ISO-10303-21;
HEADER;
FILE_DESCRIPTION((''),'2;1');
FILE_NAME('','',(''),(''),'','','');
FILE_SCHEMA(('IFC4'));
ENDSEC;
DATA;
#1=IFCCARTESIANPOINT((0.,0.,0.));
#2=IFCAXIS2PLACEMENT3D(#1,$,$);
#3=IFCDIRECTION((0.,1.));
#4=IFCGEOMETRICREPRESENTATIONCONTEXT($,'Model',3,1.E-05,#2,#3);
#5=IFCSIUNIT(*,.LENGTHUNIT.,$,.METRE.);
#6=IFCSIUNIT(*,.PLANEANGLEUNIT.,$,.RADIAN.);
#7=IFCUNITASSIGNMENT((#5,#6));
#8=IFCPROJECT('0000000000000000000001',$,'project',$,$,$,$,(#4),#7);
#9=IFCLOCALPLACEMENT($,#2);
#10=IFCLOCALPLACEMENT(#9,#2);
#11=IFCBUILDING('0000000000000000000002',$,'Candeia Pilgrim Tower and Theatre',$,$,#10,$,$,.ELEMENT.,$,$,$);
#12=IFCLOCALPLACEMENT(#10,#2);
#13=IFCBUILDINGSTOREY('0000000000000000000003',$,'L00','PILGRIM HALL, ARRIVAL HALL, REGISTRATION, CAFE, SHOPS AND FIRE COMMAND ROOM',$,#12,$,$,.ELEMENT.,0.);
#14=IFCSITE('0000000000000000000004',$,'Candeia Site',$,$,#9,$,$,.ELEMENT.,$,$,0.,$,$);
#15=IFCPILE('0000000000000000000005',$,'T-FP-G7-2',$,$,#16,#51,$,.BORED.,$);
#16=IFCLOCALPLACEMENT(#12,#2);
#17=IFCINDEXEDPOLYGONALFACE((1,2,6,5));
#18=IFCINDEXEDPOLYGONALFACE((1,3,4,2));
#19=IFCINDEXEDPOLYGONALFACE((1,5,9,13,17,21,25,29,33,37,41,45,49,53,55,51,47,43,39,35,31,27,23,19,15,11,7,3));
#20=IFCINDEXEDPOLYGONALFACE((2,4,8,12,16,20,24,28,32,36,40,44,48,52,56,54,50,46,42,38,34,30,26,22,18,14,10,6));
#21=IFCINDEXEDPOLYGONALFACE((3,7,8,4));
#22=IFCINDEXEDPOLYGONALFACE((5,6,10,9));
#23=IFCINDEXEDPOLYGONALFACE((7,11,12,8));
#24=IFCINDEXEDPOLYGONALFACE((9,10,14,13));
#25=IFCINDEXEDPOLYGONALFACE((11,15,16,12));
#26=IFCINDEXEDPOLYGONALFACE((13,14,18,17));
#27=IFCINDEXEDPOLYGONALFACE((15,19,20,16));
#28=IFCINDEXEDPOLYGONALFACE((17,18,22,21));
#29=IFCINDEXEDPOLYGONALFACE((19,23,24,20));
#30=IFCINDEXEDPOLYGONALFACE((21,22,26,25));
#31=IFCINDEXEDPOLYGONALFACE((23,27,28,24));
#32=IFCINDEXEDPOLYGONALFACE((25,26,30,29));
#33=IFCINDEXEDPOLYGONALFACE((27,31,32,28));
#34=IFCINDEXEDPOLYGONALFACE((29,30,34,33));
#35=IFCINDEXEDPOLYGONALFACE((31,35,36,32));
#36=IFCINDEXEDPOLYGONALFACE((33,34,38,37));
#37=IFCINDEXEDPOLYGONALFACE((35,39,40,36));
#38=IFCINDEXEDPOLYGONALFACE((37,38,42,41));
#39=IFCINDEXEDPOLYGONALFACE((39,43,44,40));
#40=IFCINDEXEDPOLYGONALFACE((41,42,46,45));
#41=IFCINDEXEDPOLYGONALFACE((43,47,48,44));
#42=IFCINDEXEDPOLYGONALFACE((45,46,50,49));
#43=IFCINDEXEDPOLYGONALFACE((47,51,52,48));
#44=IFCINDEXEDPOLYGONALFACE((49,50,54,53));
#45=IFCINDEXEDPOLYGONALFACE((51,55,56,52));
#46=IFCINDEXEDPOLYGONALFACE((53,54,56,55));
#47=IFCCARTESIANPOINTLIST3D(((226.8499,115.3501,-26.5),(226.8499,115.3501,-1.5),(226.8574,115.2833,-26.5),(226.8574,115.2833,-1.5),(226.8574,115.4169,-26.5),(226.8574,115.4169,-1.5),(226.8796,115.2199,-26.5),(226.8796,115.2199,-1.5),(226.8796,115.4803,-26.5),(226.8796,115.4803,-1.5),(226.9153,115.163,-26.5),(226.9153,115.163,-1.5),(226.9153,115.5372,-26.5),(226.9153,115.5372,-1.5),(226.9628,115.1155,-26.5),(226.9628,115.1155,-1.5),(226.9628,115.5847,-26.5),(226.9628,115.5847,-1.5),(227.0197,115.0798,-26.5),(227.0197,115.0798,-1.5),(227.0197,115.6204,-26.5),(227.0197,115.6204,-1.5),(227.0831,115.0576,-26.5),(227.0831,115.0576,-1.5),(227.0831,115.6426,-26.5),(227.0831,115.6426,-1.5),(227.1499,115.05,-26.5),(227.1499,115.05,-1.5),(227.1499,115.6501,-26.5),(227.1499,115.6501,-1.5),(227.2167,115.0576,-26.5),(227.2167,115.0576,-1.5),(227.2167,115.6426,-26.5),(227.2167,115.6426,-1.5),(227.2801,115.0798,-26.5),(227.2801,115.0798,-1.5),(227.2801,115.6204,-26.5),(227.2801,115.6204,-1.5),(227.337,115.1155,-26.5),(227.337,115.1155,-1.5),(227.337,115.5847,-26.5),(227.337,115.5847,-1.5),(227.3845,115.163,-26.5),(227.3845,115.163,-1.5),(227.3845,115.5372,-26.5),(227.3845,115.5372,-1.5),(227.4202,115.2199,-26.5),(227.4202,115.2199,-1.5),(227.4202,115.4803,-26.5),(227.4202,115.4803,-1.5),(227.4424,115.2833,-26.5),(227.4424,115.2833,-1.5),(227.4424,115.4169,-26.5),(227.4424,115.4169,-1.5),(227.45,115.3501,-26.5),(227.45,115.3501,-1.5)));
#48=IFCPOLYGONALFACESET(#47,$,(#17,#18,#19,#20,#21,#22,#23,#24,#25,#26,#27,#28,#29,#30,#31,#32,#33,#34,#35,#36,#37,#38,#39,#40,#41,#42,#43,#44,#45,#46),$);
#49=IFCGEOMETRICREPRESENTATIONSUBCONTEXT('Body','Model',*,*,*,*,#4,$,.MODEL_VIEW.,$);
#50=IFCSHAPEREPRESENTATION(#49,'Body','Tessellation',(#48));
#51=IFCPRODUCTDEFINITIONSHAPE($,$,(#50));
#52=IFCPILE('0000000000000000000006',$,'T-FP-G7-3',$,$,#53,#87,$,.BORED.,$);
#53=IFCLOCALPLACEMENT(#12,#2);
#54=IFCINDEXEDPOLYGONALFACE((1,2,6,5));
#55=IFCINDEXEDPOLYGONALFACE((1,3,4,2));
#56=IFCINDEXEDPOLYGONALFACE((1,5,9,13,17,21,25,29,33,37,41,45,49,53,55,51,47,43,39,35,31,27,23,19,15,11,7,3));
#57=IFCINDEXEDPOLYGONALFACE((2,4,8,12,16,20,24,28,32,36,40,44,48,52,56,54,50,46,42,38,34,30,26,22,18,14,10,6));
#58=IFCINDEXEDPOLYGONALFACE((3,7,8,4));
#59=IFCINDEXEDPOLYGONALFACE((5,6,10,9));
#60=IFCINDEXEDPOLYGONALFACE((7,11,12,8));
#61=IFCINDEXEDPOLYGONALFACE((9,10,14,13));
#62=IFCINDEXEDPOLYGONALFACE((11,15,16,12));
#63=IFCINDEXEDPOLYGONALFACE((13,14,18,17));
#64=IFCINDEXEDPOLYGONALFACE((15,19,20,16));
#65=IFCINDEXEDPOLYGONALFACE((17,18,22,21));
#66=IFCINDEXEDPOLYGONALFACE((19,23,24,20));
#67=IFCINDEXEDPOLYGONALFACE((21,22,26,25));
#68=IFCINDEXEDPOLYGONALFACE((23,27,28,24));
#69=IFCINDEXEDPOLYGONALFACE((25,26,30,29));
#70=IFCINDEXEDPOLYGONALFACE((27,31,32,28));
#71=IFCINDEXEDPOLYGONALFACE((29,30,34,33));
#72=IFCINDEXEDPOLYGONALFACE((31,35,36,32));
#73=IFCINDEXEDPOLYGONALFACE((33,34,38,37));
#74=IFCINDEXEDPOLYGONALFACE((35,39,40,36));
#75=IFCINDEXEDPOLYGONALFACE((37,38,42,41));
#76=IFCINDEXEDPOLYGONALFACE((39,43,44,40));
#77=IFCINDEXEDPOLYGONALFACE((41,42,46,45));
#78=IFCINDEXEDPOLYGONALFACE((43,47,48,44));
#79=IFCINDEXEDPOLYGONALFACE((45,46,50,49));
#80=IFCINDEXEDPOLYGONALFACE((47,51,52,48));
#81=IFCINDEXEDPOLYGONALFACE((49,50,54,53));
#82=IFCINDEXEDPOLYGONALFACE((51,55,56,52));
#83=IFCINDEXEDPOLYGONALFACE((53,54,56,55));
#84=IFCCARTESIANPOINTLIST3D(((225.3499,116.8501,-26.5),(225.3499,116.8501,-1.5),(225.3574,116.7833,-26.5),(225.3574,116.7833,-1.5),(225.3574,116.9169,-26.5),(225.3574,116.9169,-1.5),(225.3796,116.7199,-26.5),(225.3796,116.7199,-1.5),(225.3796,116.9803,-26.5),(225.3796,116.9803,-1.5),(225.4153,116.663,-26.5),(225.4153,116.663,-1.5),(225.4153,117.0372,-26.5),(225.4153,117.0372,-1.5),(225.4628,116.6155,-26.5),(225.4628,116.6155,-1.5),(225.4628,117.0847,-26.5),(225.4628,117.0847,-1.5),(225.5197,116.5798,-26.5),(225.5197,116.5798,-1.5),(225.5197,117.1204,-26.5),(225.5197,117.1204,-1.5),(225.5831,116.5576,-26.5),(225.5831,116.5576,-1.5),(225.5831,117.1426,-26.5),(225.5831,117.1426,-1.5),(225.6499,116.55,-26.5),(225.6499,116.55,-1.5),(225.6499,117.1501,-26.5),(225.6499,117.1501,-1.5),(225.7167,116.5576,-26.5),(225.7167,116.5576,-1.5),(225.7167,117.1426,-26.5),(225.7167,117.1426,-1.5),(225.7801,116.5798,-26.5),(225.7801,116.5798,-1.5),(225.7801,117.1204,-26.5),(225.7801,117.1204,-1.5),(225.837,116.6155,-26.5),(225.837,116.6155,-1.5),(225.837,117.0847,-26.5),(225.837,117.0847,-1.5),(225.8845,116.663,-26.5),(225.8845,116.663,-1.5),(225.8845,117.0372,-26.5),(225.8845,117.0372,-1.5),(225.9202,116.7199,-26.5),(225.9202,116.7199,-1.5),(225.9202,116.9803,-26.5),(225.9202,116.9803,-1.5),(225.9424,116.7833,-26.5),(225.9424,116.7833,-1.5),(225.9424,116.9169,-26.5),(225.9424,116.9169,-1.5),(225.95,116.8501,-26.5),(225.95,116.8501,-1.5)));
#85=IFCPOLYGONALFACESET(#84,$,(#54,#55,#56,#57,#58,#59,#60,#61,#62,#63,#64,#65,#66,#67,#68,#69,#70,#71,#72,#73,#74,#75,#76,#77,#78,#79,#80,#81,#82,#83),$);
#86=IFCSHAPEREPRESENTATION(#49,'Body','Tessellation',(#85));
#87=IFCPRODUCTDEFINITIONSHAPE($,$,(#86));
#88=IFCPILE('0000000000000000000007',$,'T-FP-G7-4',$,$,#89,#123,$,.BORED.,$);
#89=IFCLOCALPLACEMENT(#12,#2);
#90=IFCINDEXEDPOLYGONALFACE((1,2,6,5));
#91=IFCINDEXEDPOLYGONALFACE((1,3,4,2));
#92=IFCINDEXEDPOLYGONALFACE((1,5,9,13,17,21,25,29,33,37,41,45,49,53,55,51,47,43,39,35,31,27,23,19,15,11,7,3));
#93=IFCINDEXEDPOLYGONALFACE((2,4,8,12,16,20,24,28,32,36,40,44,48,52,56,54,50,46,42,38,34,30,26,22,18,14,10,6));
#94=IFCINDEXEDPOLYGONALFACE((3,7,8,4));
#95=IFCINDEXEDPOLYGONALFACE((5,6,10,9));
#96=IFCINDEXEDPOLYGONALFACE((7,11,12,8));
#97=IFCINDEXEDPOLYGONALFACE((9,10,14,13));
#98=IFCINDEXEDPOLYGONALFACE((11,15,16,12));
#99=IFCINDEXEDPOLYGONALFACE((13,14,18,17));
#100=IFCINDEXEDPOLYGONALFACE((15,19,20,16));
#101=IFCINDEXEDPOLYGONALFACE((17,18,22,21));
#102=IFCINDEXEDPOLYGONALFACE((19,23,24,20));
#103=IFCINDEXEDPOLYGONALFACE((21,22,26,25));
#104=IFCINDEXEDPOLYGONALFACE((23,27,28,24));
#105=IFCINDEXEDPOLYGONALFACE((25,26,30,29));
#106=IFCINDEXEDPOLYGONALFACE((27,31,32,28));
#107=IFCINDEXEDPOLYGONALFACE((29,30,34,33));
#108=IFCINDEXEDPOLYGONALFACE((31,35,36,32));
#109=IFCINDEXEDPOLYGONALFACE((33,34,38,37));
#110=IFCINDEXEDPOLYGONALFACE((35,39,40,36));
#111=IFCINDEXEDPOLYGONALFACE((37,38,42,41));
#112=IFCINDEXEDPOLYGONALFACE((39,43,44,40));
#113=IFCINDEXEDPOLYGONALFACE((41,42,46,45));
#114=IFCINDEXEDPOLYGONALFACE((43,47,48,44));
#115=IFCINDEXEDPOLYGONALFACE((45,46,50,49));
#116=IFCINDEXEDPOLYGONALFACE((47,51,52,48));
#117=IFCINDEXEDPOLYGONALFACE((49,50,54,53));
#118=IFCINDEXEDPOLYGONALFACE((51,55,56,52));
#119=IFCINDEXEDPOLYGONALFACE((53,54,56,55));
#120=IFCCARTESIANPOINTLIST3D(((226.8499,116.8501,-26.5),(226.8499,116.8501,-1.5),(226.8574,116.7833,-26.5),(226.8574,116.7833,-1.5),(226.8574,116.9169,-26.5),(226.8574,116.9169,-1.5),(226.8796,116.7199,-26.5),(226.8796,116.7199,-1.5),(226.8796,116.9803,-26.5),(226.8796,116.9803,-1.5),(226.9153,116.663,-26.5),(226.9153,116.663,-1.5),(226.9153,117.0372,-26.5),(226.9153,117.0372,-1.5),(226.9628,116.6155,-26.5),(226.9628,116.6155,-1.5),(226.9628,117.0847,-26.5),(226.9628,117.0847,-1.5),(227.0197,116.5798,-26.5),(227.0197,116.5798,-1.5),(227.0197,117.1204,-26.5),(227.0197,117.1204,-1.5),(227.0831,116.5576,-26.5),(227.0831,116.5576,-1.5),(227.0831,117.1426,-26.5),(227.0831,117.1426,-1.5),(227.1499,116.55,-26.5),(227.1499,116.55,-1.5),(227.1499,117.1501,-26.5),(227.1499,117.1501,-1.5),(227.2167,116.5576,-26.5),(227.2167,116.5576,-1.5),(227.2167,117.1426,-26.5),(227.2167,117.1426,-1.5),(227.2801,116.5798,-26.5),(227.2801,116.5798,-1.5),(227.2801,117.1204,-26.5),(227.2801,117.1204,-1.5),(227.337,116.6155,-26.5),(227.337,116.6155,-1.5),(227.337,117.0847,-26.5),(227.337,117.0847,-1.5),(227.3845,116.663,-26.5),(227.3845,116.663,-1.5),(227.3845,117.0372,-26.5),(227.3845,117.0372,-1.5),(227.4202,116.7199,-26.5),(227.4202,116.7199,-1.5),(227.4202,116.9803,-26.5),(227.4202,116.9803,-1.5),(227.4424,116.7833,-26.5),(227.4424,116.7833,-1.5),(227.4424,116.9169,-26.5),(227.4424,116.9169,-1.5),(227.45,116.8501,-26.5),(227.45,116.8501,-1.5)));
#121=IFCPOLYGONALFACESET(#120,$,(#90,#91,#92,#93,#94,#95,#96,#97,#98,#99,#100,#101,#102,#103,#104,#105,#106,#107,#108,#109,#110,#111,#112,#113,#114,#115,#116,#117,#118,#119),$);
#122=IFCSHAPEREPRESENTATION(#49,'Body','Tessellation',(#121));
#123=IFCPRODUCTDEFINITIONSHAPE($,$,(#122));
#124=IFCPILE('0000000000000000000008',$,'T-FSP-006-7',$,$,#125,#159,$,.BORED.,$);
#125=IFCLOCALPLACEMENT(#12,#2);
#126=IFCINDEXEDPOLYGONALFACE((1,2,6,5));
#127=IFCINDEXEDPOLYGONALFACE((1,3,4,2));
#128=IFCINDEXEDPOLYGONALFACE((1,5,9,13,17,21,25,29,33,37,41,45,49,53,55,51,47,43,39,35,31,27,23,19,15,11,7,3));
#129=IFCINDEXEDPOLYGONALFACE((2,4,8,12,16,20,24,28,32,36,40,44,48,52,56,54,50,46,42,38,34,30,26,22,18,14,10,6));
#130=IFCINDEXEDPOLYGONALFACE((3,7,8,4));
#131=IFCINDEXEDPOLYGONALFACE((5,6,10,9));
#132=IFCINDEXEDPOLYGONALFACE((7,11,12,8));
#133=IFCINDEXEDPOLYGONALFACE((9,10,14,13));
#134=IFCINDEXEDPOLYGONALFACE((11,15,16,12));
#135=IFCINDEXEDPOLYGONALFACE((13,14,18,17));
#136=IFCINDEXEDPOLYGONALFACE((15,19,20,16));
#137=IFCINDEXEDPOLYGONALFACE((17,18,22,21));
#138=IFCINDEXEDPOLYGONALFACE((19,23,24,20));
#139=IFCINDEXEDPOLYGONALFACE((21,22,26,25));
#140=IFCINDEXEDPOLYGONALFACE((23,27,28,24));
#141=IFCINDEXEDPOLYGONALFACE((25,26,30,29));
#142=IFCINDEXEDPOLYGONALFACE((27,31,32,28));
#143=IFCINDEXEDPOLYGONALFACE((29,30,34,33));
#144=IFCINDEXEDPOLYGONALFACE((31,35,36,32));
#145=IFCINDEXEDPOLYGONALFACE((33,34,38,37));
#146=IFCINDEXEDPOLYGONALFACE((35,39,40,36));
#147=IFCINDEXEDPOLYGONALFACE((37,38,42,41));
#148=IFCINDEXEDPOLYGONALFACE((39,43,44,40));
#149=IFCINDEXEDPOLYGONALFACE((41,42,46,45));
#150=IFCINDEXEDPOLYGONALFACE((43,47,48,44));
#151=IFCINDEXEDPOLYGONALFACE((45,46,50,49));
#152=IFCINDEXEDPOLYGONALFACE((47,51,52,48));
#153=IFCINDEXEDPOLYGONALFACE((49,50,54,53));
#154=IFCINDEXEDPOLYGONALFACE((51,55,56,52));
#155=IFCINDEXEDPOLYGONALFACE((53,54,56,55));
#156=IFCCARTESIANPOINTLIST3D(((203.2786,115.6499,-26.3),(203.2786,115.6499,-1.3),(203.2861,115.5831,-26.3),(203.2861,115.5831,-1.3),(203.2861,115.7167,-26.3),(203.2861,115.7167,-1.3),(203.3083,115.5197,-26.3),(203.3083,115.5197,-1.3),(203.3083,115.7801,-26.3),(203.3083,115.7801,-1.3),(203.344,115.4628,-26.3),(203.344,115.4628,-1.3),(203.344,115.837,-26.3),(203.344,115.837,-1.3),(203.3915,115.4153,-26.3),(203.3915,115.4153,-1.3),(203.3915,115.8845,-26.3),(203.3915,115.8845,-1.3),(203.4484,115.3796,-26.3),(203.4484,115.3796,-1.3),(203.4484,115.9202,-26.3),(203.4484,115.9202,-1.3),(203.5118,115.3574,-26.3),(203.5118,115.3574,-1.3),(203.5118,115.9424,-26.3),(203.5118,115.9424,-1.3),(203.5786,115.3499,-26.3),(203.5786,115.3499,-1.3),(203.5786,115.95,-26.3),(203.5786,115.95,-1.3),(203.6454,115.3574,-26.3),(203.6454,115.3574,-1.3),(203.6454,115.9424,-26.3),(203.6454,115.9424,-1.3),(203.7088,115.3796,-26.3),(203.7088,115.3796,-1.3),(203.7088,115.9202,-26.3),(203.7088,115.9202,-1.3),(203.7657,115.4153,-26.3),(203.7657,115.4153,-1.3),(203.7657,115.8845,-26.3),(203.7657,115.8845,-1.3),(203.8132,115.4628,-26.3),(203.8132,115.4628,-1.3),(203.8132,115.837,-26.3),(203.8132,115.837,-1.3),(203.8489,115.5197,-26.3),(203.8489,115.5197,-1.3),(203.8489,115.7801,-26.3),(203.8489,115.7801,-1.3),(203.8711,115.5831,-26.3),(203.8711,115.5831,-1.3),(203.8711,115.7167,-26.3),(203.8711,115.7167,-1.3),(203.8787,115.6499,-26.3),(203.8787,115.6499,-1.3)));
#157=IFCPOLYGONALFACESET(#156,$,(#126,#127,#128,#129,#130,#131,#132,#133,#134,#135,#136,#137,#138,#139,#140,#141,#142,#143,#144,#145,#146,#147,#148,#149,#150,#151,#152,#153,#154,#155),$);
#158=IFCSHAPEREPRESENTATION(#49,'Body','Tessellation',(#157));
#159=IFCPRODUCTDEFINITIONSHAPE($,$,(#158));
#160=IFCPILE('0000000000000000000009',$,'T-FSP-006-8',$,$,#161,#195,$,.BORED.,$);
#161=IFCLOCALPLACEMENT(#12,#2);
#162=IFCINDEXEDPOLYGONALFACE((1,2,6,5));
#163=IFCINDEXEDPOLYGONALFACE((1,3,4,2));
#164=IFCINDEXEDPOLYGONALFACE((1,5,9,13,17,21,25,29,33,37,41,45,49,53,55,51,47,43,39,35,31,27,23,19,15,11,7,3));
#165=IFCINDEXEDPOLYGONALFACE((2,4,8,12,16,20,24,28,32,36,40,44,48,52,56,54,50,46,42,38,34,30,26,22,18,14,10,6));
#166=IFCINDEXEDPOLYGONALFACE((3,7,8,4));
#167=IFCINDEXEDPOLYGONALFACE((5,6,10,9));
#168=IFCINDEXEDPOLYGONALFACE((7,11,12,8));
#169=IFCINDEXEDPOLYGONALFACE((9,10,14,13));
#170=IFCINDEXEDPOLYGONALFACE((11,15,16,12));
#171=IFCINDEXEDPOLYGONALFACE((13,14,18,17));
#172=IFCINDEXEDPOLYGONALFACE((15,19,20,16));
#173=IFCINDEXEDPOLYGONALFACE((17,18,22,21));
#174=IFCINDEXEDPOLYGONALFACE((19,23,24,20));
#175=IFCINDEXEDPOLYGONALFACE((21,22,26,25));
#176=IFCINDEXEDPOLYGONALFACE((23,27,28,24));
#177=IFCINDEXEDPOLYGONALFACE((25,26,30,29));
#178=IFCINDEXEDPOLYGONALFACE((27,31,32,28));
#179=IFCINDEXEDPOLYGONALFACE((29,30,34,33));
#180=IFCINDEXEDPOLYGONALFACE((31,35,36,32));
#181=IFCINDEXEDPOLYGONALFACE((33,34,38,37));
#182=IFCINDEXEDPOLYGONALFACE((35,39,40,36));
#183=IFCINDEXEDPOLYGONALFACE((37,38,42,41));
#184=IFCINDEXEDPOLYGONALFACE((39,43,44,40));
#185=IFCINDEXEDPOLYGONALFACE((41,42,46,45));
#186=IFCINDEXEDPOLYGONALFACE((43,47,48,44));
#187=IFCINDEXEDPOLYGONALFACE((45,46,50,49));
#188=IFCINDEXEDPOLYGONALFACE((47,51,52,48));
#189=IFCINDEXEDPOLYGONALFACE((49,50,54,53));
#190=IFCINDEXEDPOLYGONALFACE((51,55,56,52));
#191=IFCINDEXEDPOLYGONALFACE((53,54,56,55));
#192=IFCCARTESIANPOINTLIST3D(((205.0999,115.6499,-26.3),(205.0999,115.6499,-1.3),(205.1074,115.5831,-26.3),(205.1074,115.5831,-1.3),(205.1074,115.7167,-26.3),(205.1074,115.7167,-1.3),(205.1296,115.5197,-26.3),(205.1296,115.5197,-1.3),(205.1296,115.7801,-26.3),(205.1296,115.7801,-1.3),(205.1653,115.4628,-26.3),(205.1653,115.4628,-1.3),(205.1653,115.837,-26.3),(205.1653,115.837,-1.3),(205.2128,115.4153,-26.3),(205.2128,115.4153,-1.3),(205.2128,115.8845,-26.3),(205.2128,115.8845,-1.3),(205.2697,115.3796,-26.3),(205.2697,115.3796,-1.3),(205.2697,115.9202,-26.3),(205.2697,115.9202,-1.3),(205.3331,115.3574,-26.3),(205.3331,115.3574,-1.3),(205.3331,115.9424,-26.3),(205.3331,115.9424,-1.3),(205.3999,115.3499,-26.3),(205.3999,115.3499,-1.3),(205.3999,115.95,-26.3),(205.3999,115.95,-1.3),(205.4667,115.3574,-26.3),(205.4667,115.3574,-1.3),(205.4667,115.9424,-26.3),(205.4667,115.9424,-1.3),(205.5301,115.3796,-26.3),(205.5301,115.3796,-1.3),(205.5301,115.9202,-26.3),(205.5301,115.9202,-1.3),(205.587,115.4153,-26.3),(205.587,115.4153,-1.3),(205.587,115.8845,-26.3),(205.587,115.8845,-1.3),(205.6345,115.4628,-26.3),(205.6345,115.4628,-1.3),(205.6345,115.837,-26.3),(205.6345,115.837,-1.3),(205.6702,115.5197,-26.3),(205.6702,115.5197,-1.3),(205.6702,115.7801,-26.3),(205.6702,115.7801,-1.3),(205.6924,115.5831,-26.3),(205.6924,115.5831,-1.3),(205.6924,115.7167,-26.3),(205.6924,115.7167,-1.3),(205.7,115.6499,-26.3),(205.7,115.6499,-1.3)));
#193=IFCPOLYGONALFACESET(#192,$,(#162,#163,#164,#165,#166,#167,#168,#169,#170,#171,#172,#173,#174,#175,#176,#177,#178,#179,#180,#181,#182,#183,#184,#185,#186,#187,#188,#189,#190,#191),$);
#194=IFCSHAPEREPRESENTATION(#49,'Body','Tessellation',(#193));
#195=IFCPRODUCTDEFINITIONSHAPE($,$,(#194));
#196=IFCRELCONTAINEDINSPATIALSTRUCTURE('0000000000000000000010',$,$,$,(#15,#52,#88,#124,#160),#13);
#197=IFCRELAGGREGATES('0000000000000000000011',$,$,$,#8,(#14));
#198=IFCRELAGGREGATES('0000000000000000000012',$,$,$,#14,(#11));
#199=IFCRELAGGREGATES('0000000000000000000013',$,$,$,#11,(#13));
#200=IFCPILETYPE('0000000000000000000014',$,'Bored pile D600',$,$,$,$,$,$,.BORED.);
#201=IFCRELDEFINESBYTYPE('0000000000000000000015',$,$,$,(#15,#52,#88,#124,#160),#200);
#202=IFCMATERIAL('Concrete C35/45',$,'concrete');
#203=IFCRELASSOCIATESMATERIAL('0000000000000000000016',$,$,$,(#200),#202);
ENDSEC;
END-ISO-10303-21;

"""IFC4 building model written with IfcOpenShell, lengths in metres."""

from ifc_helpers import new_model, si_unit, direction, frame, origin, origin_2d, place, context, subcontext, project, spatial, circle, extrude, material, type_object, element, save


model = new_model("IFC4")

# Units and contexts
model_context = context("Model", 3, precision=1e-05, world=origin(), true_north=direction((0.0, 1.0)))
body_context = subcontext(model_context, "Body", "Model", "MODEL_VIEW")
ifc_project = project(units=[si_unit("LENGTHUNIT", "METRE"), si_unit("PLANEANGLEUNIT", "RADIAN")], contexts=[model_context])

# Site, building, storey
site_placement = place(None, origin())
site = spatial("IfcSite", under=ifc_project, at=site_placement, Name="Candeia Site", CompositionType="ELEMENT", RefElevation=0.0)
building_placement = place(site_placement, origin())
building = spatial("IfcBuilding", under=site, at=building_placement, Name="Candeia Pilgrim Tower and Theatre", CompositionType="ELEMENT")
storey_placement = place(building_placement, origin())
storey = spatial("IfcBuildingStorey", under=building, at=storey_placement, Name="L00", Description="PILGRIM HALL, ARRIVAL HALL, REGISTRATION, CAFE, SHOPS AND FIRE COMMAND ROOM", CompositionType="ELEMENT", Elevation=0.0)

# Piles
ifc_material_1 = material(Name="Concrete C35/45", Category="concrete")
pile_type = type_object("IfcPileType", Name="Bored pile D600", PredefinedType="BORED", material=ifc_material_1)
for number, where, z_axis, x_axis, name in (
    (1, (227.1499, 115.3501, -1.5), (0.0, 0.0, -1.0), (1.0, 0.0, 0.0), "T-FP-G7-2"),
    (2, (225.6499, 116.8501, -1.5), (0.0, 0.0, -1.0), (1.0, 0.0, 0.0), "T-FP-G7-3"),
    (3, (227.1499, 116.8501, -1.5), (0.0, 0.0, -1.0), (1.0, 0.0, 0.0), "T-FP-G7-4"),
    (4, (203.5786, 115.6499, -1.3), (0.0, 0.0, -1.0), (1.0, 0.0, 0.0), "T-FSP-006-7"),
    (5, (205.3999, 115.6499, -1.3), (0.0, 0.0, -1.0), (1.0, 0.0, 0.0), "T-FSP-006-8"),
):
    element("IfcPile", number, at=place(storey_placement, frame(where, z_axis=z_axis, x_axis=x_axis)), inside=storey, type_object=pile_type, Name=name, PredefinedType="BORED", context=body_context, shape_type="SweptSolid", body=[
        extrude(circle(Radius=0.3, at=origin_2d()), origin(), (0.0, 0.0, 1.0), 25.0),
    ])

save(model, "model.ifc")
